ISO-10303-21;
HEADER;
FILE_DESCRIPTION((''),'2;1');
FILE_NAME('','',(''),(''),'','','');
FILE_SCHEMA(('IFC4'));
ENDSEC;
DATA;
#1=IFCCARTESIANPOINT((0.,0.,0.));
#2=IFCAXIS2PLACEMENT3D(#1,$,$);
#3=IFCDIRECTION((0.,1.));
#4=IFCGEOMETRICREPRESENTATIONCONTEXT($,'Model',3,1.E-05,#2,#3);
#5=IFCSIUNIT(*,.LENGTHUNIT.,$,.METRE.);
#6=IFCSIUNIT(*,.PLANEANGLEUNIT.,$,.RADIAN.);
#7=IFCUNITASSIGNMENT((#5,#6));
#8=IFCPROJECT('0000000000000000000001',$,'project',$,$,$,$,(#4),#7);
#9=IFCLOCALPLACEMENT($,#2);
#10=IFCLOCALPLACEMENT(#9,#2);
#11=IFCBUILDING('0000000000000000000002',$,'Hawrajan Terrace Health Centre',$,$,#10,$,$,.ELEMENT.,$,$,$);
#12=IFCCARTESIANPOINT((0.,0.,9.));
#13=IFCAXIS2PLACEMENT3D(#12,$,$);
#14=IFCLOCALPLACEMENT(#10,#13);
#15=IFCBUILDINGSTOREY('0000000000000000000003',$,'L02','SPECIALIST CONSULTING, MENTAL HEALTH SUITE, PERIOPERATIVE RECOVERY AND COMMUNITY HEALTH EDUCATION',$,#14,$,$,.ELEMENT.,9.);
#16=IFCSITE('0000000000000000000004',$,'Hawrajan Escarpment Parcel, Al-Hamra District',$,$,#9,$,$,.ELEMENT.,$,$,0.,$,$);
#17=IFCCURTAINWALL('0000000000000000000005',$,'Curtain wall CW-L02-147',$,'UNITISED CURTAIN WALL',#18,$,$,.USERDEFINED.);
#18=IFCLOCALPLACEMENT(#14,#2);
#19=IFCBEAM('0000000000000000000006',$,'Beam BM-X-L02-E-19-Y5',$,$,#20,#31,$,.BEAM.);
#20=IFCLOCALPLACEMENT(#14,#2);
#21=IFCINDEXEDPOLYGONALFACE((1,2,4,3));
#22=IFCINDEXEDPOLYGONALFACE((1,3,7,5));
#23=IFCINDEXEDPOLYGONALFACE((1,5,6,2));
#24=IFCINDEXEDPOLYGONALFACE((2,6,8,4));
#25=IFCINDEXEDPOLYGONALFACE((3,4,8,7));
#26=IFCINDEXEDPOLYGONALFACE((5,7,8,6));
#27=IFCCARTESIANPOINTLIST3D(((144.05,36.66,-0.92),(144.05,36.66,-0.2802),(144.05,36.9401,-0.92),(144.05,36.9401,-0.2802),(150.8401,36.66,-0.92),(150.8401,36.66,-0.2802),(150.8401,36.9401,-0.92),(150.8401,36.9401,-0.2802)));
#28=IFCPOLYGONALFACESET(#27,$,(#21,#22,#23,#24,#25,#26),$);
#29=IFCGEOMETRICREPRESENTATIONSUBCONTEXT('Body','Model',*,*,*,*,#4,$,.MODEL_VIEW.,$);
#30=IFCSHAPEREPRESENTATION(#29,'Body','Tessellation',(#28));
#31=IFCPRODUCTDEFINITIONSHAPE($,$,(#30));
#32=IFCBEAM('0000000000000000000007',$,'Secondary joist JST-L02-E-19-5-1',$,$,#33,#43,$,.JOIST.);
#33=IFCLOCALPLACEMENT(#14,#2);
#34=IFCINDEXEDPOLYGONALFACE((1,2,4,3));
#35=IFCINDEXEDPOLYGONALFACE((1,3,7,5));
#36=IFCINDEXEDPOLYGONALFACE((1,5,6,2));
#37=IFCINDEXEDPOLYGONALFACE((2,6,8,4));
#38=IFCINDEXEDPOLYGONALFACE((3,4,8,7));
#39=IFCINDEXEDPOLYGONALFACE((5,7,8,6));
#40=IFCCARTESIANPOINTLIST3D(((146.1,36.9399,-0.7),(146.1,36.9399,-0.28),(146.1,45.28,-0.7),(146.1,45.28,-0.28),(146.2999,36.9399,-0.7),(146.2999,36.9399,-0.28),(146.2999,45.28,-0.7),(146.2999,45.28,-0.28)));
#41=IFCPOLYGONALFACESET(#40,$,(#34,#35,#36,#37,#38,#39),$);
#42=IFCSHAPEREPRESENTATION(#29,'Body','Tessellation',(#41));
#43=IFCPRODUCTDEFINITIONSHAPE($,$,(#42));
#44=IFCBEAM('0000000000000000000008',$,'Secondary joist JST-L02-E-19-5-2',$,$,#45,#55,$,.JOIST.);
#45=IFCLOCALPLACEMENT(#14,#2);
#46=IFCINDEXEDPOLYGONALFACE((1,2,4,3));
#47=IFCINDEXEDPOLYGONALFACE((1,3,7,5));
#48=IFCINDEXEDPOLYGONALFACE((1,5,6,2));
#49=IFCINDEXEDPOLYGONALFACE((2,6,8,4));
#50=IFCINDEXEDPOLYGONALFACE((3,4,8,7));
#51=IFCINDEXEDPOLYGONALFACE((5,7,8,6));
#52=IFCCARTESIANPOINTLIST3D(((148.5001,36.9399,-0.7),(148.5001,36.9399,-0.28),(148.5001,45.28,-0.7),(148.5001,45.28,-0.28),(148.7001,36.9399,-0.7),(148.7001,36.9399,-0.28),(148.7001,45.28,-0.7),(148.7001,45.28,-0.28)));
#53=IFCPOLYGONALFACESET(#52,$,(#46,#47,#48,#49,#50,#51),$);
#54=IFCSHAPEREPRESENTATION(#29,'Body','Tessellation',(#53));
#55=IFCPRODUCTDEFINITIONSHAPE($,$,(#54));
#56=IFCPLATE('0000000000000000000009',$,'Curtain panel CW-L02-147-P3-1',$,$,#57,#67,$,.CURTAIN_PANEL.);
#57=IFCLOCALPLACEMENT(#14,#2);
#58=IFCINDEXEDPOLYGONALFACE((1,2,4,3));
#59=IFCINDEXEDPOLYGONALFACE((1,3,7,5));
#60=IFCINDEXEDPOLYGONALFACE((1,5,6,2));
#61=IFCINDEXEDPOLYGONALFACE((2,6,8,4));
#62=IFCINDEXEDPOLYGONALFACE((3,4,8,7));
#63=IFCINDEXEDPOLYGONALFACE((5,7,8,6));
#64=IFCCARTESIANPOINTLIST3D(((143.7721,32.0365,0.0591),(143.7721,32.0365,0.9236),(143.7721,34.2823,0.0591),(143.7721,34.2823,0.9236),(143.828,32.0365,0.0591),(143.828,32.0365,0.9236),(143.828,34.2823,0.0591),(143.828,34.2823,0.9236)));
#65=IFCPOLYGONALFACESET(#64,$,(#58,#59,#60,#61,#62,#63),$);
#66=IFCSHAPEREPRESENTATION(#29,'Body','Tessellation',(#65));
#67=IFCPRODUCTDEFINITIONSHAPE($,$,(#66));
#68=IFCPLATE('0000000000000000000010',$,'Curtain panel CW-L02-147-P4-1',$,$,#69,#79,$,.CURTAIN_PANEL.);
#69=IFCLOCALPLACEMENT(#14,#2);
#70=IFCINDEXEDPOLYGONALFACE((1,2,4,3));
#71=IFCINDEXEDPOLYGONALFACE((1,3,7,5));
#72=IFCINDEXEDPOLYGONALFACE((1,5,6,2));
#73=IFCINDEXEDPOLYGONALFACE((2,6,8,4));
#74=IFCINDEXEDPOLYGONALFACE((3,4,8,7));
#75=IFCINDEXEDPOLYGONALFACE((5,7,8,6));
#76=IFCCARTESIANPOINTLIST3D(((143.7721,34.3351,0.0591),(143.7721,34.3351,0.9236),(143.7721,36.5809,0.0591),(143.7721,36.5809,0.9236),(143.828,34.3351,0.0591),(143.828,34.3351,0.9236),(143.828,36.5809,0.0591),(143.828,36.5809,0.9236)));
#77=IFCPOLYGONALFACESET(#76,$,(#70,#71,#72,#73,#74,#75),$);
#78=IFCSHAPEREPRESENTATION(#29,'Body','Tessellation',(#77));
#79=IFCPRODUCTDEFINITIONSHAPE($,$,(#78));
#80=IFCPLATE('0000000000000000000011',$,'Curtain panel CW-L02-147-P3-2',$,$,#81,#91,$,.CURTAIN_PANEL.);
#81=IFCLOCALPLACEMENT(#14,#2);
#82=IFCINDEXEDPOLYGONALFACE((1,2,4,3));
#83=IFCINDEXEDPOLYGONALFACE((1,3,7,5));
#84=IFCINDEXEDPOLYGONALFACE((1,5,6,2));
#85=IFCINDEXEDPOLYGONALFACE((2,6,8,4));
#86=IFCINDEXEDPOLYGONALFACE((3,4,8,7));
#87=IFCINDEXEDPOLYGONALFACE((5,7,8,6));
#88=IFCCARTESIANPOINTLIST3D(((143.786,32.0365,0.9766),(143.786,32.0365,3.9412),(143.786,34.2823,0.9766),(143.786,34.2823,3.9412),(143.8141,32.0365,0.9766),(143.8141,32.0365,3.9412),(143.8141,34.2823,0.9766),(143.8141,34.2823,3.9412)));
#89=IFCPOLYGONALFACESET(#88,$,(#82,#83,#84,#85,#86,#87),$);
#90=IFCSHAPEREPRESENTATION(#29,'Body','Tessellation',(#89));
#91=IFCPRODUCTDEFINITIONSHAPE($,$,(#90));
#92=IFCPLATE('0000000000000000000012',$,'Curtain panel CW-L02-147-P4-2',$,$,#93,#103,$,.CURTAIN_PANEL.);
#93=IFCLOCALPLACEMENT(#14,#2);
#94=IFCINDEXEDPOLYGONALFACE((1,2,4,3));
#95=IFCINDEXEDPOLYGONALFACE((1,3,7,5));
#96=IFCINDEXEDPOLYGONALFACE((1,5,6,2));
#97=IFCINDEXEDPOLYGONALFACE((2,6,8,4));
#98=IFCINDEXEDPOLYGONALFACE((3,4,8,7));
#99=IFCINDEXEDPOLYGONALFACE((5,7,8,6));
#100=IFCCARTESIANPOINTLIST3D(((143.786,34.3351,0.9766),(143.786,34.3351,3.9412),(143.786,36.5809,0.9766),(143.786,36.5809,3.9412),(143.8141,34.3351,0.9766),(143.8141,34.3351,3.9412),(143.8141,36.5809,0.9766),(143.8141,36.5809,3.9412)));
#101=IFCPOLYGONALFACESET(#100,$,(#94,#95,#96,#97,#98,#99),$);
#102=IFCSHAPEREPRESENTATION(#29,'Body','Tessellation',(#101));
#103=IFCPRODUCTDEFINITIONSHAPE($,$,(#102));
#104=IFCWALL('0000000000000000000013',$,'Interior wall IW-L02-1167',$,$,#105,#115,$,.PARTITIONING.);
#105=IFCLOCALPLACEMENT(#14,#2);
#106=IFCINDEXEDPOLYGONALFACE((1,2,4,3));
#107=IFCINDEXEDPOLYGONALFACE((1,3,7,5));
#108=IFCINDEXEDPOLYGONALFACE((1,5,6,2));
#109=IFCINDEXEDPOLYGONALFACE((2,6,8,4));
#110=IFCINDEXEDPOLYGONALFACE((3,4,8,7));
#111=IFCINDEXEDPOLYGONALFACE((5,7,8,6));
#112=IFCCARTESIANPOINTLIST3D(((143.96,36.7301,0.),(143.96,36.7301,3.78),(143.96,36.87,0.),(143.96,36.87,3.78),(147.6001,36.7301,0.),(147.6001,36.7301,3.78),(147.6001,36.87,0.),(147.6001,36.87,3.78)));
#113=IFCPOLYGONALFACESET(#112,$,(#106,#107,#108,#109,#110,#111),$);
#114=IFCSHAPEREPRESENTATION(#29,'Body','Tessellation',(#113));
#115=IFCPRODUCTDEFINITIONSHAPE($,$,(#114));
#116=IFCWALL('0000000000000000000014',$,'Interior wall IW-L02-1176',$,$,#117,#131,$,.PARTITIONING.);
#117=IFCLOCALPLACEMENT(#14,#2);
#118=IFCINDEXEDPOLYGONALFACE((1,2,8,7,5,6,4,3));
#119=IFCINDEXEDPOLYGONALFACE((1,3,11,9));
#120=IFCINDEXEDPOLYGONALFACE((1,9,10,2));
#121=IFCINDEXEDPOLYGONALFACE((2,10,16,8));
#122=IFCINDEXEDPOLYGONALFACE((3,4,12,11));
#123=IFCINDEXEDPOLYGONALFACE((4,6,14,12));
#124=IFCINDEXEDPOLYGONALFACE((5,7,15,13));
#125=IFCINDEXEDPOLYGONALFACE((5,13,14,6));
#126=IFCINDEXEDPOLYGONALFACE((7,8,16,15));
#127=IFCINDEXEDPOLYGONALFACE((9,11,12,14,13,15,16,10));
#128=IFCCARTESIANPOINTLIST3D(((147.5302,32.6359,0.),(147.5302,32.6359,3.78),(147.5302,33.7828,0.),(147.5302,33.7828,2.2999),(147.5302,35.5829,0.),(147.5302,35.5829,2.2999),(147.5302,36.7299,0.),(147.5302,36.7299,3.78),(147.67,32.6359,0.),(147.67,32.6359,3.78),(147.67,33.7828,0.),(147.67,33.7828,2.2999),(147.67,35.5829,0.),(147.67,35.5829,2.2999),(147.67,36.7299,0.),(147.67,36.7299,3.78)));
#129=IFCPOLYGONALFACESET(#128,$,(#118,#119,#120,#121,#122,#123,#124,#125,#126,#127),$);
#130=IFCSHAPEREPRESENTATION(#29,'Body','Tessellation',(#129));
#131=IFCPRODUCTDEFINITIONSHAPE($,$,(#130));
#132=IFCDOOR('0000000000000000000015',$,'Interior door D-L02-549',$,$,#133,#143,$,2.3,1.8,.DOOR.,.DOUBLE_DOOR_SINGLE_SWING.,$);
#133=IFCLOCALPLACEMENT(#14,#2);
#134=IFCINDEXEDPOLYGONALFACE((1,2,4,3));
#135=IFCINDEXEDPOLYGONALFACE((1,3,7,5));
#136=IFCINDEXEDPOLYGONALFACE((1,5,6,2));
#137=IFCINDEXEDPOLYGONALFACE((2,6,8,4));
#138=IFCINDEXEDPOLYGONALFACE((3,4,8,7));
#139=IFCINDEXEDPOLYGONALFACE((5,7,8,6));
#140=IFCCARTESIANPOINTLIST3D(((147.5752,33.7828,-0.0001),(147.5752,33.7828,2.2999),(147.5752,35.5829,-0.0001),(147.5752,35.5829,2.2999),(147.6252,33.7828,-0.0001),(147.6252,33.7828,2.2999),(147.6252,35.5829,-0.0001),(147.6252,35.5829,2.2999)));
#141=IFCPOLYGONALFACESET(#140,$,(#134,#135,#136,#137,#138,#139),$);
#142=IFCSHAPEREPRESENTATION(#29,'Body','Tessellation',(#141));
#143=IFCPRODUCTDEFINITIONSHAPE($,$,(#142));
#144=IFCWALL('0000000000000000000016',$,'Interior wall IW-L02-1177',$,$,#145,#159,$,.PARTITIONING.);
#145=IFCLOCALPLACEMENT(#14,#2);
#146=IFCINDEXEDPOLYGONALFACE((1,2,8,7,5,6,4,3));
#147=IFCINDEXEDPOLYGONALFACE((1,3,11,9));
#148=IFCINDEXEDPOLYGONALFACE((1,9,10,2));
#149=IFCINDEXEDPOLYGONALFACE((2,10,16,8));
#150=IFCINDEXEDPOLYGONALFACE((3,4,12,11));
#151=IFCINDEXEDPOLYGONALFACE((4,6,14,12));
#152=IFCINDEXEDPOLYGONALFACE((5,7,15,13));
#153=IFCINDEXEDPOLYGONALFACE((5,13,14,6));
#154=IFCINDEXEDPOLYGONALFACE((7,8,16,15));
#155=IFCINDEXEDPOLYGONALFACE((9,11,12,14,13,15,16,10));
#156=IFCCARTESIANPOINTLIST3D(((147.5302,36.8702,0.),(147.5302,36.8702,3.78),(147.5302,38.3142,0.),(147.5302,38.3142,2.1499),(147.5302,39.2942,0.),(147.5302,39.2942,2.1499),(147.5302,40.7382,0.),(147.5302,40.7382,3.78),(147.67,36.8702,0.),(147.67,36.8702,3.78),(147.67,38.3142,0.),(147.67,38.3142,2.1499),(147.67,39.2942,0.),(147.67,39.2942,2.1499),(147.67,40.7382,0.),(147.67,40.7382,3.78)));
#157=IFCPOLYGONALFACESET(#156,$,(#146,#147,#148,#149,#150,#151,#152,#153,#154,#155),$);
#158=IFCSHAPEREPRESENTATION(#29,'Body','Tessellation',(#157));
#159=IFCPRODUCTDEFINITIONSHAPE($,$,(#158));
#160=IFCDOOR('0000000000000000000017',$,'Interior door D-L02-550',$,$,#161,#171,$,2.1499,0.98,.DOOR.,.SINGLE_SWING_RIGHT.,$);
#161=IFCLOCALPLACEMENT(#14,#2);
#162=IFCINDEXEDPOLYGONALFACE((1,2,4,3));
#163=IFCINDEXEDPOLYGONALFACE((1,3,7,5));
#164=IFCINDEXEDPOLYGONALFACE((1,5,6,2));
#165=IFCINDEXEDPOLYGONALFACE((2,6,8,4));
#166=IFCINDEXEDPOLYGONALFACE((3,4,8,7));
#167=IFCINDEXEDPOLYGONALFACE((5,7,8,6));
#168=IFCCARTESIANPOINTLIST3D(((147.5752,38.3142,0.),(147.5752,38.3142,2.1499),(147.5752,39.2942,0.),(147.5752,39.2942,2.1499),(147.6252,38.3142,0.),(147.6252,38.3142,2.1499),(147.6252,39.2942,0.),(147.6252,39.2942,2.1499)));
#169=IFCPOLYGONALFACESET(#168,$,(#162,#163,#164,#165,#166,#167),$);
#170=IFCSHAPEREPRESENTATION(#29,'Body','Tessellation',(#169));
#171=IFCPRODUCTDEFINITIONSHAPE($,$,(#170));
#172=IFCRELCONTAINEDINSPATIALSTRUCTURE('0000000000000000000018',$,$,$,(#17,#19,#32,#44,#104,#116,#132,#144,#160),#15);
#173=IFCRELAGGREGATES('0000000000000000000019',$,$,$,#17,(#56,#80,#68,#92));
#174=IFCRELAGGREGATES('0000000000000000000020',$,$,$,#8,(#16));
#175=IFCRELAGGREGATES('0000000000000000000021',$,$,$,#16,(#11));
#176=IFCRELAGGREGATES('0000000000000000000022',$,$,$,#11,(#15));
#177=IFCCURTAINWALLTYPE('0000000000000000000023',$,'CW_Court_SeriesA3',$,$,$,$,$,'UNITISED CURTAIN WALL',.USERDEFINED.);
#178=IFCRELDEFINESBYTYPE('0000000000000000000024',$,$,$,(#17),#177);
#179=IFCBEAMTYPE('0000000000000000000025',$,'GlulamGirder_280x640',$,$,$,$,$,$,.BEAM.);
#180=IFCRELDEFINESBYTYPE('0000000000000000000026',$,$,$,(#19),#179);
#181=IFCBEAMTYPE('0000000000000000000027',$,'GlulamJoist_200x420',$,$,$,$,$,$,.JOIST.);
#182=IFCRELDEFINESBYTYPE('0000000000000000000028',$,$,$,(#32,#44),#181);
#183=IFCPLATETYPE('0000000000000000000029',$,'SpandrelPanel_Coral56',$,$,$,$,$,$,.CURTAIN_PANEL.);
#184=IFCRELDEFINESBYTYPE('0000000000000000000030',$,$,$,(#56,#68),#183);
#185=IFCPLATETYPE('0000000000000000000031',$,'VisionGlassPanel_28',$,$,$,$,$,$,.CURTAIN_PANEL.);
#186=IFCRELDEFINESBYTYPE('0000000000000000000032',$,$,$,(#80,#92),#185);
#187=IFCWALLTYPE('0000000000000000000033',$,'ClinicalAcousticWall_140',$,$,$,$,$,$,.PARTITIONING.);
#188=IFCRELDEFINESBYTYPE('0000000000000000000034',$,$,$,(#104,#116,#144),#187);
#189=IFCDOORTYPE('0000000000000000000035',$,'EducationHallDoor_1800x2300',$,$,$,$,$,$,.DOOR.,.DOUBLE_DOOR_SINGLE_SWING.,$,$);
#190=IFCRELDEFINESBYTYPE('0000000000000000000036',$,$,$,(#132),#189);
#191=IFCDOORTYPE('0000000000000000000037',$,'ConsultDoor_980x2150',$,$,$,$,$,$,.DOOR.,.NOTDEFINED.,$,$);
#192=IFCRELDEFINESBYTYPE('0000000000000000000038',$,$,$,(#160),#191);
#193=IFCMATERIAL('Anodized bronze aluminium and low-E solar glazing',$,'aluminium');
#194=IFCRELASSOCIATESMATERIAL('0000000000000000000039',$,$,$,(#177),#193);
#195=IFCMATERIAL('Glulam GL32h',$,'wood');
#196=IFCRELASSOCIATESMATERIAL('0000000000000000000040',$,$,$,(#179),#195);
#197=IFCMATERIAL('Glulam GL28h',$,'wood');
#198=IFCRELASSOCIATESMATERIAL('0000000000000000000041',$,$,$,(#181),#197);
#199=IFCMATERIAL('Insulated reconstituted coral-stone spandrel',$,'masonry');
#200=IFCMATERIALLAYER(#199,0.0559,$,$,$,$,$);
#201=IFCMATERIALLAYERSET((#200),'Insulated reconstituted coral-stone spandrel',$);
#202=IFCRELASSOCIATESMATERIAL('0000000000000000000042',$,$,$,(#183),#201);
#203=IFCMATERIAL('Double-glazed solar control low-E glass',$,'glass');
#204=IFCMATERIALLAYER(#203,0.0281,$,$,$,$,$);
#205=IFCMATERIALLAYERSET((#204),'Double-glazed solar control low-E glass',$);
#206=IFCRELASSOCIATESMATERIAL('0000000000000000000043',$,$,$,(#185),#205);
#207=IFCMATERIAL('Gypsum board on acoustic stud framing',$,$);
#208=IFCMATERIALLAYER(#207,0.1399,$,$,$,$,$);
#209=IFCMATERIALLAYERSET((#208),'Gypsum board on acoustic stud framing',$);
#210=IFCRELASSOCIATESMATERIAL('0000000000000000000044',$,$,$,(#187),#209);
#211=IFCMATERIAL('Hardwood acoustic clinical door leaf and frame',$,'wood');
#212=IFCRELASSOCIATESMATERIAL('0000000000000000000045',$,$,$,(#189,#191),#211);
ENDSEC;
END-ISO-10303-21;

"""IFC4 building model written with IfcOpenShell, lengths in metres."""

from ifc_helpers import new_model, si_unit, direction, frame, frame_2d, origin, origin_2d, place, context, subcontext, project, spatial, rectangle, extrude, material, layer, layer_set, material_profile, profile_set, type_object, element, fill, aggregate, save


model = new_model("IFC4")

# Units and contexts
model_context = context("Model", 3, precision=1e-05, world=origin(), true_north=direction((0.0, 1.0)))
body_context = subcontext(model_context, "Body", "Model", "MODEL_VIEW")
ifc_project = project(units=[si_unit("LENGTHUNIT", "METRE"), si_unit("PLANEANGLEUNIT", "RADIAN")], contexts=[model_context])

# Site, building, storey
site_placement = place(None, origin())
site = spatial("IfcSite", under=ifc_project, at=site_placement, Name="Hawrajan Escarpment Parcel, Al-Hamra District", CompositionType="ELEMENT", RefElevation=0.0)
building_placement = place(site_placement, origin())
building = spatial("IfcBuilding", under=site, at=building_placement, Name="Hawrajan Terrace Health Centre", CompositionType="ELEMENT")
storey_placement = place(building_placement, frame((0.0, 0.0, 9.0)))
storey = spatial("IfcBuildingStorey", under=building, at=storey_placement, Name="L02", Description="SPECIALIST CONSULTING, MENTAL HEALTH SUITE, PERIOPERATIVE RECOVERY AND COMMUNITY HEALTH EDUCATION", CompositionType="ELEMENT", Elevation=9.0)

# Shared definitions
ifc_material_1 = material(Name="Glulam GL32h", Category="wood")

# Curtain wall
ifc_material_2 = material(Name="Anodized bronze aluminium and low-E solar glazing", Category="aluminium")
curtain_wall_type_1 = type_object("IfcCurtainWallType", Name="CW_Court_SeriesA3", ElementType="UNITISED CURTAIN WALL", PredefinedType="USERDEFINED", material=ifc_material_2)
curtain_wall_1_placement = place(storey_placement, origin())
curtain_wall_1 = element("IfcCurtainWall", 1, at=curtain_wall_1_placement, inside=storey, type_object=curtain_wall_type_1, Name="Curtain wall CW-L02-147", ObjectType="UNITISED CURTAIN WALL", PredefinedType="USERDEFINED")

# Beams
ifc_material_profile_1 = material_profile(ifc_material_1, rectangle(XDim=0.28, YDim=0.6399, at=origin_2d()), Name="GL BM 280x640")
ifc_profile_set_1 = profile_set([ifc_material_profile_1], Name="Glulam GL32h")
beam_type_1 = type_object("IfcBeamType", Name="GlulamGirder_280x640", PredefinedType="BEAM", material=ifc_profile_set_1)
beam_placement = place(storey_placement, frame((144.05, 36.8, -0.6001), z_axis=(1.0, 0.0, 0.0), x_axis=(0.0, 1.0, 0.0)))
element("IfcBeam", 2, at=beam_placement, inside=storey, type_object=beam_type_1, Name="Beam BM-X-L02-E-19-Y5", PredefinedType="BEAM", context=body_context, shape_type="SweptSolid", body=[
    extrude(rectangle(XDim=0.28, YDim=0.6399, at=origin_2d()), origin(), (0.0, 0.0, 1.0), 6.79),
])
ifc_material_3 = material(Name="Glulam GL28h", Category="wood")
ifc_material_profile_2 = material_profile(ifc_material_3, rectangle(XDim=0.2, YDim=0.4199, at=origin_2d()), Name="GL JST 200x420")
ifc_profile_set_2 = profile_set([ifc_material_profile_2], Name="Glulam GL28h")
beam_type_2 = type_object("IfcBeamType", Name="GlulamJoist_200x420", PredefinedType="JOIST", material=ifc_profile_set_2)
for number, where, z_axis, x_axis, name in (
    (3, (146.2, 36.9399, -0.49), (0.0, 1.0, 0.0), (-1.0, 0.0, 0.0), "Secondary joist JST-L02-E-19-5-1"),
    (4, (148.6001, 36.9399, -0.49), (0.0, 1.0, 0.0), (-1.0, 0.0, 0.0), "Secondary joist JST-L02-E-19-5-2"),
):
    element("IfcBeam", number, at=place(storey_placement, frame(where, z_axis=z_axis, x_axis=x_axis)), inside=storey, type_object=beam_type_2, Name=name, PredefinedType="JOIST", context=body_context, shape_type="SweptSolid", body=[
        extrude(rectangle(XDim=0.2, YDim=0.4199, at=origin_2d()), origin(), (0.0, 0.0, 1.0), 8.3401),
    ])

# Plates
ifc_material_4 = material(Name="Insulated reconstituted coral-stone spandrel", Category="masonry")
ifc_layer_1 = layer(ifc_material_4, 0.0559)
ifc_layer_set_1 = layer_set([ifc_layer_1], Name="Insulated reconstituted coral-stone spandrel")
plate_type_1 = type_object("IfcPlateType", Name="SpandrelPanel_Coral56", PredefinedType="CURTAIN_PANEL", material=ifc_layer_set_1)
plate_1_placement = place(storey_placement, frame((143.8, 33.1594, 0.0591), z_axis=(0.0, 0.0, 1.0), x_axis=(0.0, 1.0, 0.0)))
plate_1 = element("IfcPlate", 5, at=plate_1_placement, type_object=plate_type_1, Name="Curtain panel CW-L02-147-P3-1", PredefinedType="CURTAIN_PANEL", context=body_context, shape_type="SweptSolid", body=[
    extrude(rectangle(XDim=2.2458, YDim=0.0559, at=origin_2d()), origin(), (0.0, 0.0, 1.0), 0.8645),
])
plate_2_placement = place(storey_placement, frame((143.8, 35.458, 0.0591), z_axis=(0.0, 0.0, 1.0), x_axis=(0.0, 1.0, 0.0)))
plate_2 = element("IfcPlate", 6, at=plate_2_placement, type_object=plate_type_1, Name="Curtain panel CW-L02-147-P4-1", PredefinedType="CURTAIN_PANEL", context=body_context, shape_type="SweptSolid", body=[
    extrude(rectangle(XDim=2.2458, YDim=0.0559, at=origin_2d()), origin(), (0.0, 0.0, 1.0), 0.8645),
])
ifc_material_5 = material(Name="Double-glazed solar control low-E glass", Category="glass")
ifc_layer_2 = layer(ifc_material_5, 0.0281)
ifc_layer_set_2 = layer_set([ifc_layer_2], Name="Double-glazed solar control low-E glass")
plate_type_2 = type_object("IfcPlateType", Name="VisionGlassPanel_28", PredefinedType="CURTAIN_PANEL", material=ifc_layer_set_2)
plate_3_placement = place(storey_placement, frame((143.8, 33.1594, 0.9766), z_axis=(0.0, 0.0, 1.0), x_axis=(0.0, 1.0, 0.0)))
plate_3 = element("IfcPlate", 7, at=plate_3_placement, type_object=plate_type_2, Name="Curtain panel CW-L02-147-P3-2", PredefinedType="CURTAIN_PANEL", context=body_context, shape_type="SweptSolid", body=[
    extrude(rectangle(XDim=2.2458, YDim=0.0281, at=origin_2d()), origin(), (0.0, 0.0, 1.0), 2.9646),
])
plate_4_placement = place(storey_placement, frame((143.8, 35.458, 0.9766), z_axis=(0.0, 0.0, 1.0), x_axis=(0.0, 1.0, 0.0)))
plate_4 = element("IfcPlate", 8, at=plate_4_placement, type_object=plate_type_2, Name="Curtain panel CW-L02-147-P4-2", PredefinedType="CURTAIN_PANEL", context=body_context, shape_type="SweptSolid", body=[
    extrude(rectangle(XDim=2.2458, YDim=0.0281, at=origin_2d()), origin(), (0.0, 0.0, 1.0), 2.9646),
])
aggregate(curtain_wall_1, [plate_1, plate_3, plate_2, plate_4])

# Wall
ifc_material_6 = material(Name="Gypsum board on acoustic stud framing")
ifc_layer_3 = layer(ifc_material_6, 0.1399)
ifc_layer_set_3 = layer_set([ifc_layer_3], Name="Gypsum board on acoustic stud framing")
wall_type = type_object("IfcWallType", Name="ClinicalAcousticWall_140", PredefinedType="PARTITIONING", material=ifc_layer_set_3)
wall_1_placement = place(storey_placement, frame((143.96, 36.8, 0.0), z_axis=(0.0, 0.0, 1.0), x_axis=(1.0, 0.0, 0.0)))
element("IfcWall", 9, at=wall_1_placement, inside=storey, type_object=wall_type, Name="Interior wall IW-L02-1167", PredefinedType="PARTITIONING", context=body_context, shape_type="SweptSolid", body=[
    extrude(rectangle(XDim=3.6401, YDim=0.1399, at=frame_2d((1.8201, 0.0))), origin(), (0.0, 0.0, 1.0), 3.78),
])

# Walls, openings, doors
wall_2_placement = place(storey_placement, frame((147.6001, 32.636, 0.0), z_axis=(0.0, 0.0, 1.0), x_axis=(0.0, 1.0, 0.0)))
wall_2 = element("IfcWall", 10, at=wall_2_placement, inside=storey, type_object=wall_type, Name="Interior wall IW-L02-1176", PredefinedType="PARTITIONING", context=body_context, shape_type="SweptSolid", body=[
    extrude(rectangle(XDim=4.094, YDim=0.1399, at=frame_2d((2.0469, 0.0))), origin(), (0.0, 0.0, 1.0), 3.78),
])
opening_1_placement = place(wall_2_placement, frame((1.147, 0.0, 0.0)))
opening_1 = element("IfcOpeningElement", 11, at=opening_1_placement, cuts=wall_2, PredefinedType="OPENING", context=body_context, shape_type="SweptSolid", body=[
    extrude(rectangle(XDim=1.8, YDim=2.3, at=frame_2d((0.8999, 1.1499))), frame((0.0, 0.0798, 0.0), z_axis=(0.0, -1.0, 0.0), x_axis=(1.0, 0.0, 0.0)), (0.0, 0.0, 1.0), 0.1599),
])
ifc_material_7 = material(Name="Hardwood acoustic clinical door leaf and frame", Category="wood")
door_type_1 = type_object("IfcDoorType", Name="EducationHallDoor_1800x2300", OperationType="DOUBLE_DOOR_SINGLE_SWING", PredefinedType="DOOR", material=ifc_material_7)
door_1_placement = place(opening_1_placement, origin())
door_1 = element("IfcDoor", 12, at=door_1_placement, inside=storey, type_object=door_type_1, Name="Interior door D-L02-549", OperationType="DOUBLE_DOOR_SINGLE_SWING", OverallHeight=2.3, OverallWidth=1.8, PredefinedType="DOOR", context=body_context, shape_type="SweptSolid", body=[
    extrude(rectangle(XDim=1.8, YDim=2.3, at=frame_2d((0.8999, 1.1499))), frame((0.0, 0.0249, 0.0), z_axis=(0.0, -1.0, 0.0), x_axis=(1.0, 0.0, 0.0)), (0.0, 0.0, 1.0), 0.05),
])
fill(opening_1, door_1)
wall_3_placement = place(storey_placement, frame((147.6001, 36.8701, 0.0), z_axis=(0.0, 0.0, 1.0), x_axis=(0.0, 1.0, 0.0)))
wall_3 = element("IfcWall", 13, at=wall_3_placement, inside=storey, type_object=wall_type, Name="Interior wall IW-L02-1177", PredefinedType="PARTITIONING", context=body_context, shape_type="SweptSolid", body=[
    extrude(rectangle(XDim=3.8679, YDim=0.1399, at=frame_2d((1.9341, 0.0))), origin(), (0.0, 0.0, 1.0), 3.78),
])
opening_2_placement = place(wall_3_placement, frame((1.4441, 0.0, 0.0)))
opening_2 = element("IfcOpeningElement", 14, at=opening_2_placement, cuts=wall_3, PredefinedType="OPENING", context=body_context, shape_type="SweptSolid", body=[
    extrude(rectangle(XDim=0.98, YDim=2.1499, at=frame_2d((0.49, 1.075))), frame((0.0, 0.0798, 0.0), z_axis=(0.0, -1.0, 0.0), x_axis=(1.0, 0.0, 0.0)), (0.0, 0.0, 1.0), 0.1599),
])
door_type_2 = type_object("IfcDoorType", Name="ConsultDoor_980x2150", OperationType="NOTDEFINED", PredefinedType="DOOR", material=ifc_material_7)
door_2_placement = place(opening_2_placement, origin())
door_2 = element("IfcDoor", 15, at=door_2_placement, inside=storey, type_object=door_type_2, Name="Interior door D-L02-550", OperationType="SINGLE_SWING_RIGHT", OverallHeight=2.1499, OverallWidth=0.98, PredefinedType="DOOR", context=body_context, shape_type="SweptSolid", body=[
    extrude(rectangle(XDim=0.98, YDim=2.1499, at=frame_2d((0.49, 1.075))), frame((0.0, 0.0249, 0.0), z_axis=(0.0, -1.0, 0.0), x_axis=(1.0, 0.0, 0.0)), (0.0, 0.0, 1.0), 0.05),
])
fill(opening_2, door_2)

save(model, "model.ifc")
